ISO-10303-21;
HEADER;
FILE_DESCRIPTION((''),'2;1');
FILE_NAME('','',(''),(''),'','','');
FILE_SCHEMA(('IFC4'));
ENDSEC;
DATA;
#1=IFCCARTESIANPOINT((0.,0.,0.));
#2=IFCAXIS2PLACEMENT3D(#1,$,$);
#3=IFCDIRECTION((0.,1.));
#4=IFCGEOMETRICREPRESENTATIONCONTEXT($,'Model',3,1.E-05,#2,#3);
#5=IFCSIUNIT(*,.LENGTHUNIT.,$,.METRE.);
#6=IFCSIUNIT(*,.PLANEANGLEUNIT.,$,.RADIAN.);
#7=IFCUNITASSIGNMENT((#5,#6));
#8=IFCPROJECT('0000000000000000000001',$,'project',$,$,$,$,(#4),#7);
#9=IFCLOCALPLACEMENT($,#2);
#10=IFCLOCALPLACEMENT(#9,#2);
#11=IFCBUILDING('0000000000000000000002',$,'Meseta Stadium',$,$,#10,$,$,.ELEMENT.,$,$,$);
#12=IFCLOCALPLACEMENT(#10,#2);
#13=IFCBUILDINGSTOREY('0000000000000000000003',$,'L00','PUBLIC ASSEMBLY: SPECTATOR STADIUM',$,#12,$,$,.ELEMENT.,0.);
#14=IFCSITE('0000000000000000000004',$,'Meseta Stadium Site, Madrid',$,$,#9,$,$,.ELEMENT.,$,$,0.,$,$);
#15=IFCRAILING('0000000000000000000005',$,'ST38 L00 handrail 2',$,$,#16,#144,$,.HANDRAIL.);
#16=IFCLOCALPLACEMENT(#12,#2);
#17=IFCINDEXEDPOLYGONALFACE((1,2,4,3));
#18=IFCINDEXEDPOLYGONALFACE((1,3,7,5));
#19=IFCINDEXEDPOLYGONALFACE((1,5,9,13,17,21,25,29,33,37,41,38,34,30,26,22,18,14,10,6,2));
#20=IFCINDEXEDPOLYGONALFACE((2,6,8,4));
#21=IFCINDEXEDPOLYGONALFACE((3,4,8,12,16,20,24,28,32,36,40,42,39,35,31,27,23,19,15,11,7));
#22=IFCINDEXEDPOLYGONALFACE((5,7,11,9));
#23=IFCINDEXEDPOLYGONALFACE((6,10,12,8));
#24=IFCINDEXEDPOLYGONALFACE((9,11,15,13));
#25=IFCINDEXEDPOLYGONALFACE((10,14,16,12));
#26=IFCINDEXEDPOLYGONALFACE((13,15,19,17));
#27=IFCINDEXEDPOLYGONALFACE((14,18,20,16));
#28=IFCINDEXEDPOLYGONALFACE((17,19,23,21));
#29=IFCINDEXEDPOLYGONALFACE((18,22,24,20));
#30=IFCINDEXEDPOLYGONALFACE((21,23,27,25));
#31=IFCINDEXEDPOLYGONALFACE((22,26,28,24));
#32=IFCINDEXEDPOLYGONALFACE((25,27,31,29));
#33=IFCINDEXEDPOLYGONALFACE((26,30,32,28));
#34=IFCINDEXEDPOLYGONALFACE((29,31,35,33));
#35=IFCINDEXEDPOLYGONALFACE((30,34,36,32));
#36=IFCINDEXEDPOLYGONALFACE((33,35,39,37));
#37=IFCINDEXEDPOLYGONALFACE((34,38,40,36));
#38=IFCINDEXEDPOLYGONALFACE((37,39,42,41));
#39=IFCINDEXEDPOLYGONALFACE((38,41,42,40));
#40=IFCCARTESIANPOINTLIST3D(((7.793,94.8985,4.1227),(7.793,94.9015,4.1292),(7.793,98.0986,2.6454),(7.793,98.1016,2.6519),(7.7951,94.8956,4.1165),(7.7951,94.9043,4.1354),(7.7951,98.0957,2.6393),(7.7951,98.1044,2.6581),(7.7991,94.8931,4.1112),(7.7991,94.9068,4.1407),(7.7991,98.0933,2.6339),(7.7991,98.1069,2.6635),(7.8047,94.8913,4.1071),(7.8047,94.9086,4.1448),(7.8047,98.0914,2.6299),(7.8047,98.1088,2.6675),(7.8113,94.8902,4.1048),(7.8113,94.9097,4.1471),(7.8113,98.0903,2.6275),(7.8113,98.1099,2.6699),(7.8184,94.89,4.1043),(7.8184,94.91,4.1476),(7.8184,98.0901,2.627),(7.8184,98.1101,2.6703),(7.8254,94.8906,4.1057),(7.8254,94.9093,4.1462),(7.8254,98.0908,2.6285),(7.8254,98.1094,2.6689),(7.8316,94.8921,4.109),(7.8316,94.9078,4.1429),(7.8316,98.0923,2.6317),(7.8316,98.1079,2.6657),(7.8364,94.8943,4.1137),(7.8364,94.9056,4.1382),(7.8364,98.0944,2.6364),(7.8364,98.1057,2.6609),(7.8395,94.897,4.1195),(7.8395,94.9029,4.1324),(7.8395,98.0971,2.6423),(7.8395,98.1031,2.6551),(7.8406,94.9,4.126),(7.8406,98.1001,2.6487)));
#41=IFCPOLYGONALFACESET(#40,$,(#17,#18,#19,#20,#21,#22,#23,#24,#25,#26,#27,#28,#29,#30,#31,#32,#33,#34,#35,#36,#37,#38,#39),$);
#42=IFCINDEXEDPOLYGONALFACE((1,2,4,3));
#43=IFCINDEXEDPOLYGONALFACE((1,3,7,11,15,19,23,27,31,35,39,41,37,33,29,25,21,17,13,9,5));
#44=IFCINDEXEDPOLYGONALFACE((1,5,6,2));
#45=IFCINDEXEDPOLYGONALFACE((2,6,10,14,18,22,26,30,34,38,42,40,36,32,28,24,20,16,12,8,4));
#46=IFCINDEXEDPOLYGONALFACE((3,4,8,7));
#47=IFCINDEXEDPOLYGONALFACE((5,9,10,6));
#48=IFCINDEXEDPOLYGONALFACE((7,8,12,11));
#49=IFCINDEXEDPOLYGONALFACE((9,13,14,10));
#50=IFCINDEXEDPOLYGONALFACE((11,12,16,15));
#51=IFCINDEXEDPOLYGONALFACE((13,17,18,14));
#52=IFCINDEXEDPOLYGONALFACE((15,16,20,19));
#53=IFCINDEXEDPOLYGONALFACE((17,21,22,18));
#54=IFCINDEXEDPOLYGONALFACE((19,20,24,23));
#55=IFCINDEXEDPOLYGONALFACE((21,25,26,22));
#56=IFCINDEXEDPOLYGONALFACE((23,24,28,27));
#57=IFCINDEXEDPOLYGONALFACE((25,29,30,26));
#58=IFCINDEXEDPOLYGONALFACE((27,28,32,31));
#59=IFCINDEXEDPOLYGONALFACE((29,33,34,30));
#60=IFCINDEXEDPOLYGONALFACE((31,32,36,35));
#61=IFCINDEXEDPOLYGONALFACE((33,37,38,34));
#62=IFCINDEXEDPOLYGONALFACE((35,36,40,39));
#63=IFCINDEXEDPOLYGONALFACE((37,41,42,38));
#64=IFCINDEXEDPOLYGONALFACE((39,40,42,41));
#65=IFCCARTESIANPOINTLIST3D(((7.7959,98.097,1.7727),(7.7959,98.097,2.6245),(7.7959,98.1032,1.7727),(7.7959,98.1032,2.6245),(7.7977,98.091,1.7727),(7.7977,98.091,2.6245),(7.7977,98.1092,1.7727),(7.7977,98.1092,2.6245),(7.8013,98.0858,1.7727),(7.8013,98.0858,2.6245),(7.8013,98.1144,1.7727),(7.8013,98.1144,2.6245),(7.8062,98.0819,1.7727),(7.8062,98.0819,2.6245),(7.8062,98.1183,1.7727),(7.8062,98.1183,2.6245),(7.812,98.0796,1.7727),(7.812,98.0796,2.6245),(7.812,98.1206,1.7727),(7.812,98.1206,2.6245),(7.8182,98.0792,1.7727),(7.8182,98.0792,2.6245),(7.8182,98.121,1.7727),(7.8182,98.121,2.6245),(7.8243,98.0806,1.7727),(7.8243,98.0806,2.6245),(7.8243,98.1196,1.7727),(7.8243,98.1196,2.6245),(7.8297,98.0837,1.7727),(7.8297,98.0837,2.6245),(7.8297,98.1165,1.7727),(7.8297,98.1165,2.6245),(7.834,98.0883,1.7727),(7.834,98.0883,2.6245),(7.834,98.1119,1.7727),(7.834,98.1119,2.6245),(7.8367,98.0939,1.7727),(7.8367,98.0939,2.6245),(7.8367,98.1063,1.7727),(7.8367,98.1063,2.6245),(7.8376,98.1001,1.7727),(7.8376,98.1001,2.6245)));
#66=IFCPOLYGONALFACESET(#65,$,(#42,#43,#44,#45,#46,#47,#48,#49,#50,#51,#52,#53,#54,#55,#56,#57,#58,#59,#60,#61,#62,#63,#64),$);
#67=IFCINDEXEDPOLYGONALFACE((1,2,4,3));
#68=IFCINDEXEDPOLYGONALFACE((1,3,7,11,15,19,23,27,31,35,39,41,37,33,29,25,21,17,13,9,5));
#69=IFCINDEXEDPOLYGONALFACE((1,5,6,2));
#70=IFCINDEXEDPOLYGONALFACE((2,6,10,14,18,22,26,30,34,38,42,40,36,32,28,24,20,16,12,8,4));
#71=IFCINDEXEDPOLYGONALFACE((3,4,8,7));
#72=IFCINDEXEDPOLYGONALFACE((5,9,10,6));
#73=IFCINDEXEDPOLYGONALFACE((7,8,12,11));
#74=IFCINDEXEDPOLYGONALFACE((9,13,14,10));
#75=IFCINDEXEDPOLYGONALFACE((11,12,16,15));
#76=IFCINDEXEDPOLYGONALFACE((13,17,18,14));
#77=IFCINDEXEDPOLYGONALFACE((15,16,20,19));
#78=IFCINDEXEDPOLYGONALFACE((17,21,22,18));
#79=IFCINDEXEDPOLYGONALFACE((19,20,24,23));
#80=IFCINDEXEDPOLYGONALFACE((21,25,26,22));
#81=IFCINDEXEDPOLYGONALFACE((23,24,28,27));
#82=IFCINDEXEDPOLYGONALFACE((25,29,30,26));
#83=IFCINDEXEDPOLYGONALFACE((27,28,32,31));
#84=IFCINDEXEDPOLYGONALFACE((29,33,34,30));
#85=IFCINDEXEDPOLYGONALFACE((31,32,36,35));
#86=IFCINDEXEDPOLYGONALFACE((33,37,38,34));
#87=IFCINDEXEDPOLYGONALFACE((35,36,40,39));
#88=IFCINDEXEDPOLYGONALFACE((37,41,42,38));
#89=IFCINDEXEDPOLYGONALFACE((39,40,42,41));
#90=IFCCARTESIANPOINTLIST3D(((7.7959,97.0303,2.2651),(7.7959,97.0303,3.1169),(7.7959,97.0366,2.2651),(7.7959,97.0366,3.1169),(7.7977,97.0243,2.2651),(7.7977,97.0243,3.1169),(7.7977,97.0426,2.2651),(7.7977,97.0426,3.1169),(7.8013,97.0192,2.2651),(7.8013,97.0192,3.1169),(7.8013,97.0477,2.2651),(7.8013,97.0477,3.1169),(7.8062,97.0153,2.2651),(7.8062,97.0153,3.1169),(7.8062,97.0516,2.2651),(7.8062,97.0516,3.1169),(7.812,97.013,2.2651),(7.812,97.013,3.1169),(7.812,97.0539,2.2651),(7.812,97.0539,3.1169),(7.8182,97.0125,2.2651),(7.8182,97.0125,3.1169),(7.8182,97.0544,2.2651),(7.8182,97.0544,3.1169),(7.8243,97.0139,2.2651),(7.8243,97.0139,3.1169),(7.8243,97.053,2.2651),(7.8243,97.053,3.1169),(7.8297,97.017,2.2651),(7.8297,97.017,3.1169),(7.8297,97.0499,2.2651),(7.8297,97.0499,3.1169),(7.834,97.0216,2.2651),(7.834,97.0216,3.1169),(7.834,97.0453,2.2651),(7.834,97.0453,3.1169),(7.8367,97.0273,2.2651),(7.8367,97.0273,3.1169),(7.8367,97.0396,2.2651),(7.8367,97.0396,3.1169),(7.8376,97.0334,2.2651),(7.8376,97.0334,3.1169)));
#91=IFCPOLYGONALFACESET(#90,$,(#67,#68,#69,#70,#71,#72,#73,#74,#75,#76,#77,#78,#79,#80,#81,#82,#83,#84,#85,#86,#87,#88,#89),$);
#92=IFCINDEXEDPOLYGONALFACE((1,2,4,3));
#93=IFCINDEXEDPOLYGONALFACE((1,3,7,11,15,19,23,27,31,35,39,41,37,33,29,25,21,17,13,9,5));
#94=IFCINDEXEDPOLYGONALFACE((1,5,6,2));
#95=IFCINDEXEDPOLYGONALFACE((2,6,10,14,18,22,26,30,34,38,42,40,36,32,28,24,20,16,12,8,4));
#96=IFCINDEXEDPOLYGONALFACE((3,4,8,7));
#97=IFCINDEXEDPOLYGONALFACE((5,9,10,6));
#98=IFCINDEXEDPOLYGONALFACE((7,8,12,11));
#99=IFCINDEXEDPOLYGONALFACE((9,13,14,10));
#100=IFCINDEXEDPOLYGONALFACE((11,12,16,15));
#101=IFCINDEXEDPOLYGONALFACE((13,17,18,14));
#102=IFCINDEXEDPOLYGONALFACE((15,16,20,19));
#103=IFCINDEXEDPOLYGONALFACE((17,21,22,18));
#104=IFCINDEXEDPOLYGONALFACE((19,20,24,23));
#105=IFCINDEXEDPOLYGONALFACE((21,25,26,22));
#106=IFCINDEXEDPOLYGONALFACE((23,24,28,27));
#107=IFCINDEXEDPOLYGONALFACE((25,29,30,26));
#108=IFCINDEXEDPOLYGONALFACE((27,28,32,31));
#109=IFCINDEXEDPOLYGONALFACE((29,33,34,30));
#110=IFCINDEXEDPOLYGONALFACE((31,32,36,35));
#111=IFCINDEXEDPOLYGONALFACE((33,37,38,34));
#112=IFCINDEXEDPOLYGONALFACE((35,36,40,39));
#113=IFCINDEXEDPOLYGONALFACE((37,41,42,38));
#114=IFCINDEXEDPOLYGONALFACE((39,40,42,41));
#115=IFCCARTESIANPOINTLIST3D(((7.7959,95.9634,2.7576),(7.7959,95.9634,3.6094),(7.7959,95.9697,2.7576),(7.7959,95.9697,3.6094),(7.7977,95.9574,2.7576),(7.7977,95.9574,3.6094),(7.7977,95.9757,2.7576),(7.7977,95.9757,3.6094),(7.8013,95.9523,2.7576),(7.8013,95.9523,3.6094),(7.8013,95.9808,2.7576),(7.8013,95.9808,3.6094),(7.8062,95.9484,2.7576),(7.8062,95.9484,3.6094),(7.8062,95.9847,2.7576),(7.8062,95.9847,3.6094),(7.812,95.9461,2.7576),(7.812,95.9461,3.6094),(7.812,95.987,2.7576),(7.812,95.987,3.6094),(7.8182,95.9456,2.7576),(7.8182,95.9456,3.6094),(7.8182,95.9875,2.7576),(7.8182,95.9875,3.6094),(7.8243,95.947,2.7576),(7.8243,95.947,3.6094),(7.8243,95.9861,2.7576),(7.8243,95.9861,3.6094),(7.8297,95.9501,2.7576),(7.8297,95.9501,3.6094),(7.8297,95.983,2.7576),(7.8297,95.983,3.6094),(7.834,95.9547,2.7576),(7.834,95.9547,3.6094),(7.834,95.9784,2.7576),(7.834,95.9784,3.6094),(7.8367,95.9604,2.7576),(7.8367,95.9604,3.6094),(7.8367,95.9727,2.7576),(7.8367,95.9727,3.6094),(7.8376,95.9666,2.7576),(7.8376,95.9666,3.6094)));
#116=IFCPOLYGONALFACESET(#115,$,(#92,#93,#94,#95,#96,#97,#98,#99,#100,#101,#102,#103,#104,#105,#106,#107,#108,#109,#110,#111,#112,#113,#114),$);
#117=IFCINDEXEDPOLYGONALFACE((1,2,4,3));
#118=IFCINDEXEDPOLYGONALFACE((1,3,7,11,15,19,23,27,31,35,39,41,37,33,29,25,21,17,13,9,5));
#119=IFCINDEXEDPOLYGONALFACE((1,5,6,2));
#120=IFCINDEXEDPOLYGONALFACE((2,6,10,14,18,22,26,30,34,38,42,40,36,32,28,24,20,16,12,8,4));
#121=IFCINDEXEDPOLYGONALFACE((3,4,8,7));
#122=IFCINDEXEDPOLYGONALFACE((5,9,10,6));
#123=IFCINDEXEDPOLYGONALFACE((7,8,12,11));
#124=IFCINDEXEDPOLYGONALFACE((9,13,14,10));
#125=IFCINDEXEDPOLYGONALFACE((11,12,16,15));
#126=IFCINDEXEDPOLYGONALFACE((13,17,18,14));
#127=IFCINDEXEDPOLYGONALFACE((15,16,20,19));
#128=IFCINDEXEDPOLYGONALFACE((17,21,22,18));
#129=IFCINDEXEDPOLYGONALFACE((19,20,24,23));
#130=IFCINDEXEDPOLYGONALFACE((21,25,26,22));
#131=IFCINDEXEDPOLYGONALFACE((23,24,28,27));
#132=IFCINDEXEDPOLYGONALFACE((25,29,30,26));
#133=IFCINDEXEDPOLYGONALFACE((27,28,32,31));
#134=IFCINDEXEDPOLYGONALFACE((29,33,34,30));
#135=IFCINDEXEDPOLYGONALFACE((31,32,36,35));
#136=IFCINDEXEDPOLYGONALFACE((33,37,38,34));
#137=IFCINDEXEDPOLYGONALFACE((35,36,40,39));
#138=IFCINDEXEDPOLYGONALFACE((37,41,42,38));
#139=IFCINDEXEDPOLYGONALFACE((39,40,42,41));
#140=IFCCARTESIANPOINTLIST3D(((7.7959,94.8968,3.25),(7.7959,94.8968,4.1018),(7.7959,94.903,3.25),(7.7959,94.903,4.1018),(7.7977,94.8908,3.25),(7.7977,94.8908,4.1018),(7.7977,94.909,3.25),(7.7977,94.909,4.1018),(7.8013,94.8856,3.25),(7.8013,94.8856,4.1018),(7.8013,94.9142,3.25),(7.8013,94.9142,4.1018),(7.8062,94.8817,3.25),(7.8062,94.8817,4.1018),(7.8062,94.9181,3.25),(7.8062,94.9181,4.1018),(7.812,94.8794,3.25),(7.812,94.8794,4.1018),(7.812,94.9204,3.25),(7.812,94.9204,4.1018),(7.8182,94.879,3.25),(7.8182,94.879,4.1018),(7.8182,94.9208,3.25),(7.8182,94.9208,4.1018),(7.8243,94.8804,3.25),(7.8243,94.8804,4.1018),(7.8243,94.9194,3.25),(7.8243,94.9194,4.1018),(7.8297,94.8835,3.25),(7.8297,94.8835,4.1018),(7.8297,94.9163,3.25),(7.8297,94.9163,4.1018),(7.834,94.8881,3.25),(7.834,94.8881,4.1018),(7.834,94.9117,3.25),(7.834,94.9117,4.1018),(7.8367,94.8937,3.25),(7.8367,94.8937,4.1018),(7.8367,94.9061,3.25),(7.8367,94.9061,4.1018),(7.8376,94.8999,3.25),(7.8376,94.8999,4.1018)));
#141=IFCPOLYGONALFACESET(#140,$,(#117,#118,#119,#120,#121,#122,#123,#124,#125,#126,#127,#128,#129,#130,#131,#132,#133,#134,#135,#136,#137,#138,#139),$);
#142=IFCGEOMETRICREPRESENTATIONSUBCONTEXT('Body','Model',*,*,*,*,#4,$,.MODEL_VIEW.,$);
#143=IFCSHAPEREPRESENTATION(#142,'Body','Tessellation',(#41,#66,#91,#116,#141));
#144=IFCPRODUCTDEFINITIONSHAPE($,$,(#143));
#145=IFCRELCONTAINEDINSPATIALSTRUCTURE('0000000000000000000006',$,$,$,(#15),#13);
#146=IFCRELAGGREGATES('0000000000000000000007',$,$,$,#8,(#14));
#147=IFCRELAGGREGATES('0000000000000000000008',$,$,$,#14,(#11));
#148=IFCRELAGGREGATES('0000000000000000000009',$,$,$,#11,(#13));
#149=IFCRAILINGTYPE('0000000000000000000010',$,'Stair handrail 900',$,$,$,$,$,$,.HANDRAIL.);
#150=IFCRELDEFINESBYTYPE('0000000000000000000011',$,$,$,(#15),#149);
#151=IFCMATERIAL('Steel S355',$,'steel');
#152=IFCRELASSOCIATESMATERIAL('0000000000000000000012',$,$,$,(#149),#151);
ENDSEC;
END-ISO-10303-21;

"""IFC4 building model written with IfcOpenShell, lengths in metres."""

from ifc_helpers import new_model, si_unit, direction, frame, origin, origin_2d, place, context, subcontext, project, spatial, circle, extrude, material, type_object, element, save


model = new_model("IFC4")

# Units and contexts
model_context = context("Model", 3, precision=1e-05, world=origin(), true_north=direction((0.0, 1.0)))
body_context = subcontext(model_context, "Body", "Model", "MODEL_VIEW")
ifc_project = project(units=[si_unit("LENGTHUNIT", "METRE"), si_unit("PLANEANGLEUNIT", "RADIAN")], contexts=[model_context])

# Site, building, storey
site_placement = place(None, origin())
site = spatial("IfcSite", under=ifc_project, at=site_placement, Name="Meseta Stadium Site, Madrid", CompositionType="ELEMENT", RefElevation=0.0)
building_placement = place(site_placement, origin())
building = spatial("IfcBuilding", under=site, at=building_placement, Name="Meseta Stadium", CompositionType="ELEMENT")
storey_placement = place(building_placement, origin())
storey = spatial("IfcBuildingStorey", under=building, at=storey_placement, Name="L00", Description="PUBLIC ASSEMBLY: SPECTATOR STADIUM", CompositionType="ELEMENT", Elevation=0.0)

# Railing
ifc_material_1 = material(Name="Steel S355", Category="steel")
railing_type_1 = type_object("IfcRailingType", Name="Stair handrail 900", PredefinedType="HANDRAIL", material=ifc_material_1)
railing_1_placement = place(storey_placement, frame((7.8167, 98.1001, 1.7727)))
element("IfcRailing", 1, at=railing_1_placement, inside=storey, type_object=railing_type_1, Name="ST38 L00 handrail 2", PredefinedType="HANDRAIL", context=body_context, shape_type="SweptSolid", body=[
    extrude(circle(Radius=0.0239, at=origin_2d()), frame((0.0, 0.0, 0.876), z_axis=(0.0, -0.907929, 0.419124), x_axis=(1.0, 0.0, 0.0)), (0.0, 0.0, 1.0), 3.5247),
    extrude(circle(Radius=0.021, at=origin_2d()), origin(), (0.0, 0.0, 1.0), 0.8518),
    extrude(circle(Radius=0.021, at=origin_2d()), frame((0.0, -1.0667, 0.4924)), (0.0, 0.0, 1.0), 0.8518),
    extrude(circle(Radius=0.021, at=origin_2d()), frame((0.0, -2.1335, 0.9849)), (0.0, 0.0, 1.0), 0.8518),
    extrude(circle(Radius=0.021, at=origin_2d()), frame((0.0, -3.2002, 1.4773)), (0.0, 0.0, 1.0), 0.8518),
])

save(model, "model.ifc")
